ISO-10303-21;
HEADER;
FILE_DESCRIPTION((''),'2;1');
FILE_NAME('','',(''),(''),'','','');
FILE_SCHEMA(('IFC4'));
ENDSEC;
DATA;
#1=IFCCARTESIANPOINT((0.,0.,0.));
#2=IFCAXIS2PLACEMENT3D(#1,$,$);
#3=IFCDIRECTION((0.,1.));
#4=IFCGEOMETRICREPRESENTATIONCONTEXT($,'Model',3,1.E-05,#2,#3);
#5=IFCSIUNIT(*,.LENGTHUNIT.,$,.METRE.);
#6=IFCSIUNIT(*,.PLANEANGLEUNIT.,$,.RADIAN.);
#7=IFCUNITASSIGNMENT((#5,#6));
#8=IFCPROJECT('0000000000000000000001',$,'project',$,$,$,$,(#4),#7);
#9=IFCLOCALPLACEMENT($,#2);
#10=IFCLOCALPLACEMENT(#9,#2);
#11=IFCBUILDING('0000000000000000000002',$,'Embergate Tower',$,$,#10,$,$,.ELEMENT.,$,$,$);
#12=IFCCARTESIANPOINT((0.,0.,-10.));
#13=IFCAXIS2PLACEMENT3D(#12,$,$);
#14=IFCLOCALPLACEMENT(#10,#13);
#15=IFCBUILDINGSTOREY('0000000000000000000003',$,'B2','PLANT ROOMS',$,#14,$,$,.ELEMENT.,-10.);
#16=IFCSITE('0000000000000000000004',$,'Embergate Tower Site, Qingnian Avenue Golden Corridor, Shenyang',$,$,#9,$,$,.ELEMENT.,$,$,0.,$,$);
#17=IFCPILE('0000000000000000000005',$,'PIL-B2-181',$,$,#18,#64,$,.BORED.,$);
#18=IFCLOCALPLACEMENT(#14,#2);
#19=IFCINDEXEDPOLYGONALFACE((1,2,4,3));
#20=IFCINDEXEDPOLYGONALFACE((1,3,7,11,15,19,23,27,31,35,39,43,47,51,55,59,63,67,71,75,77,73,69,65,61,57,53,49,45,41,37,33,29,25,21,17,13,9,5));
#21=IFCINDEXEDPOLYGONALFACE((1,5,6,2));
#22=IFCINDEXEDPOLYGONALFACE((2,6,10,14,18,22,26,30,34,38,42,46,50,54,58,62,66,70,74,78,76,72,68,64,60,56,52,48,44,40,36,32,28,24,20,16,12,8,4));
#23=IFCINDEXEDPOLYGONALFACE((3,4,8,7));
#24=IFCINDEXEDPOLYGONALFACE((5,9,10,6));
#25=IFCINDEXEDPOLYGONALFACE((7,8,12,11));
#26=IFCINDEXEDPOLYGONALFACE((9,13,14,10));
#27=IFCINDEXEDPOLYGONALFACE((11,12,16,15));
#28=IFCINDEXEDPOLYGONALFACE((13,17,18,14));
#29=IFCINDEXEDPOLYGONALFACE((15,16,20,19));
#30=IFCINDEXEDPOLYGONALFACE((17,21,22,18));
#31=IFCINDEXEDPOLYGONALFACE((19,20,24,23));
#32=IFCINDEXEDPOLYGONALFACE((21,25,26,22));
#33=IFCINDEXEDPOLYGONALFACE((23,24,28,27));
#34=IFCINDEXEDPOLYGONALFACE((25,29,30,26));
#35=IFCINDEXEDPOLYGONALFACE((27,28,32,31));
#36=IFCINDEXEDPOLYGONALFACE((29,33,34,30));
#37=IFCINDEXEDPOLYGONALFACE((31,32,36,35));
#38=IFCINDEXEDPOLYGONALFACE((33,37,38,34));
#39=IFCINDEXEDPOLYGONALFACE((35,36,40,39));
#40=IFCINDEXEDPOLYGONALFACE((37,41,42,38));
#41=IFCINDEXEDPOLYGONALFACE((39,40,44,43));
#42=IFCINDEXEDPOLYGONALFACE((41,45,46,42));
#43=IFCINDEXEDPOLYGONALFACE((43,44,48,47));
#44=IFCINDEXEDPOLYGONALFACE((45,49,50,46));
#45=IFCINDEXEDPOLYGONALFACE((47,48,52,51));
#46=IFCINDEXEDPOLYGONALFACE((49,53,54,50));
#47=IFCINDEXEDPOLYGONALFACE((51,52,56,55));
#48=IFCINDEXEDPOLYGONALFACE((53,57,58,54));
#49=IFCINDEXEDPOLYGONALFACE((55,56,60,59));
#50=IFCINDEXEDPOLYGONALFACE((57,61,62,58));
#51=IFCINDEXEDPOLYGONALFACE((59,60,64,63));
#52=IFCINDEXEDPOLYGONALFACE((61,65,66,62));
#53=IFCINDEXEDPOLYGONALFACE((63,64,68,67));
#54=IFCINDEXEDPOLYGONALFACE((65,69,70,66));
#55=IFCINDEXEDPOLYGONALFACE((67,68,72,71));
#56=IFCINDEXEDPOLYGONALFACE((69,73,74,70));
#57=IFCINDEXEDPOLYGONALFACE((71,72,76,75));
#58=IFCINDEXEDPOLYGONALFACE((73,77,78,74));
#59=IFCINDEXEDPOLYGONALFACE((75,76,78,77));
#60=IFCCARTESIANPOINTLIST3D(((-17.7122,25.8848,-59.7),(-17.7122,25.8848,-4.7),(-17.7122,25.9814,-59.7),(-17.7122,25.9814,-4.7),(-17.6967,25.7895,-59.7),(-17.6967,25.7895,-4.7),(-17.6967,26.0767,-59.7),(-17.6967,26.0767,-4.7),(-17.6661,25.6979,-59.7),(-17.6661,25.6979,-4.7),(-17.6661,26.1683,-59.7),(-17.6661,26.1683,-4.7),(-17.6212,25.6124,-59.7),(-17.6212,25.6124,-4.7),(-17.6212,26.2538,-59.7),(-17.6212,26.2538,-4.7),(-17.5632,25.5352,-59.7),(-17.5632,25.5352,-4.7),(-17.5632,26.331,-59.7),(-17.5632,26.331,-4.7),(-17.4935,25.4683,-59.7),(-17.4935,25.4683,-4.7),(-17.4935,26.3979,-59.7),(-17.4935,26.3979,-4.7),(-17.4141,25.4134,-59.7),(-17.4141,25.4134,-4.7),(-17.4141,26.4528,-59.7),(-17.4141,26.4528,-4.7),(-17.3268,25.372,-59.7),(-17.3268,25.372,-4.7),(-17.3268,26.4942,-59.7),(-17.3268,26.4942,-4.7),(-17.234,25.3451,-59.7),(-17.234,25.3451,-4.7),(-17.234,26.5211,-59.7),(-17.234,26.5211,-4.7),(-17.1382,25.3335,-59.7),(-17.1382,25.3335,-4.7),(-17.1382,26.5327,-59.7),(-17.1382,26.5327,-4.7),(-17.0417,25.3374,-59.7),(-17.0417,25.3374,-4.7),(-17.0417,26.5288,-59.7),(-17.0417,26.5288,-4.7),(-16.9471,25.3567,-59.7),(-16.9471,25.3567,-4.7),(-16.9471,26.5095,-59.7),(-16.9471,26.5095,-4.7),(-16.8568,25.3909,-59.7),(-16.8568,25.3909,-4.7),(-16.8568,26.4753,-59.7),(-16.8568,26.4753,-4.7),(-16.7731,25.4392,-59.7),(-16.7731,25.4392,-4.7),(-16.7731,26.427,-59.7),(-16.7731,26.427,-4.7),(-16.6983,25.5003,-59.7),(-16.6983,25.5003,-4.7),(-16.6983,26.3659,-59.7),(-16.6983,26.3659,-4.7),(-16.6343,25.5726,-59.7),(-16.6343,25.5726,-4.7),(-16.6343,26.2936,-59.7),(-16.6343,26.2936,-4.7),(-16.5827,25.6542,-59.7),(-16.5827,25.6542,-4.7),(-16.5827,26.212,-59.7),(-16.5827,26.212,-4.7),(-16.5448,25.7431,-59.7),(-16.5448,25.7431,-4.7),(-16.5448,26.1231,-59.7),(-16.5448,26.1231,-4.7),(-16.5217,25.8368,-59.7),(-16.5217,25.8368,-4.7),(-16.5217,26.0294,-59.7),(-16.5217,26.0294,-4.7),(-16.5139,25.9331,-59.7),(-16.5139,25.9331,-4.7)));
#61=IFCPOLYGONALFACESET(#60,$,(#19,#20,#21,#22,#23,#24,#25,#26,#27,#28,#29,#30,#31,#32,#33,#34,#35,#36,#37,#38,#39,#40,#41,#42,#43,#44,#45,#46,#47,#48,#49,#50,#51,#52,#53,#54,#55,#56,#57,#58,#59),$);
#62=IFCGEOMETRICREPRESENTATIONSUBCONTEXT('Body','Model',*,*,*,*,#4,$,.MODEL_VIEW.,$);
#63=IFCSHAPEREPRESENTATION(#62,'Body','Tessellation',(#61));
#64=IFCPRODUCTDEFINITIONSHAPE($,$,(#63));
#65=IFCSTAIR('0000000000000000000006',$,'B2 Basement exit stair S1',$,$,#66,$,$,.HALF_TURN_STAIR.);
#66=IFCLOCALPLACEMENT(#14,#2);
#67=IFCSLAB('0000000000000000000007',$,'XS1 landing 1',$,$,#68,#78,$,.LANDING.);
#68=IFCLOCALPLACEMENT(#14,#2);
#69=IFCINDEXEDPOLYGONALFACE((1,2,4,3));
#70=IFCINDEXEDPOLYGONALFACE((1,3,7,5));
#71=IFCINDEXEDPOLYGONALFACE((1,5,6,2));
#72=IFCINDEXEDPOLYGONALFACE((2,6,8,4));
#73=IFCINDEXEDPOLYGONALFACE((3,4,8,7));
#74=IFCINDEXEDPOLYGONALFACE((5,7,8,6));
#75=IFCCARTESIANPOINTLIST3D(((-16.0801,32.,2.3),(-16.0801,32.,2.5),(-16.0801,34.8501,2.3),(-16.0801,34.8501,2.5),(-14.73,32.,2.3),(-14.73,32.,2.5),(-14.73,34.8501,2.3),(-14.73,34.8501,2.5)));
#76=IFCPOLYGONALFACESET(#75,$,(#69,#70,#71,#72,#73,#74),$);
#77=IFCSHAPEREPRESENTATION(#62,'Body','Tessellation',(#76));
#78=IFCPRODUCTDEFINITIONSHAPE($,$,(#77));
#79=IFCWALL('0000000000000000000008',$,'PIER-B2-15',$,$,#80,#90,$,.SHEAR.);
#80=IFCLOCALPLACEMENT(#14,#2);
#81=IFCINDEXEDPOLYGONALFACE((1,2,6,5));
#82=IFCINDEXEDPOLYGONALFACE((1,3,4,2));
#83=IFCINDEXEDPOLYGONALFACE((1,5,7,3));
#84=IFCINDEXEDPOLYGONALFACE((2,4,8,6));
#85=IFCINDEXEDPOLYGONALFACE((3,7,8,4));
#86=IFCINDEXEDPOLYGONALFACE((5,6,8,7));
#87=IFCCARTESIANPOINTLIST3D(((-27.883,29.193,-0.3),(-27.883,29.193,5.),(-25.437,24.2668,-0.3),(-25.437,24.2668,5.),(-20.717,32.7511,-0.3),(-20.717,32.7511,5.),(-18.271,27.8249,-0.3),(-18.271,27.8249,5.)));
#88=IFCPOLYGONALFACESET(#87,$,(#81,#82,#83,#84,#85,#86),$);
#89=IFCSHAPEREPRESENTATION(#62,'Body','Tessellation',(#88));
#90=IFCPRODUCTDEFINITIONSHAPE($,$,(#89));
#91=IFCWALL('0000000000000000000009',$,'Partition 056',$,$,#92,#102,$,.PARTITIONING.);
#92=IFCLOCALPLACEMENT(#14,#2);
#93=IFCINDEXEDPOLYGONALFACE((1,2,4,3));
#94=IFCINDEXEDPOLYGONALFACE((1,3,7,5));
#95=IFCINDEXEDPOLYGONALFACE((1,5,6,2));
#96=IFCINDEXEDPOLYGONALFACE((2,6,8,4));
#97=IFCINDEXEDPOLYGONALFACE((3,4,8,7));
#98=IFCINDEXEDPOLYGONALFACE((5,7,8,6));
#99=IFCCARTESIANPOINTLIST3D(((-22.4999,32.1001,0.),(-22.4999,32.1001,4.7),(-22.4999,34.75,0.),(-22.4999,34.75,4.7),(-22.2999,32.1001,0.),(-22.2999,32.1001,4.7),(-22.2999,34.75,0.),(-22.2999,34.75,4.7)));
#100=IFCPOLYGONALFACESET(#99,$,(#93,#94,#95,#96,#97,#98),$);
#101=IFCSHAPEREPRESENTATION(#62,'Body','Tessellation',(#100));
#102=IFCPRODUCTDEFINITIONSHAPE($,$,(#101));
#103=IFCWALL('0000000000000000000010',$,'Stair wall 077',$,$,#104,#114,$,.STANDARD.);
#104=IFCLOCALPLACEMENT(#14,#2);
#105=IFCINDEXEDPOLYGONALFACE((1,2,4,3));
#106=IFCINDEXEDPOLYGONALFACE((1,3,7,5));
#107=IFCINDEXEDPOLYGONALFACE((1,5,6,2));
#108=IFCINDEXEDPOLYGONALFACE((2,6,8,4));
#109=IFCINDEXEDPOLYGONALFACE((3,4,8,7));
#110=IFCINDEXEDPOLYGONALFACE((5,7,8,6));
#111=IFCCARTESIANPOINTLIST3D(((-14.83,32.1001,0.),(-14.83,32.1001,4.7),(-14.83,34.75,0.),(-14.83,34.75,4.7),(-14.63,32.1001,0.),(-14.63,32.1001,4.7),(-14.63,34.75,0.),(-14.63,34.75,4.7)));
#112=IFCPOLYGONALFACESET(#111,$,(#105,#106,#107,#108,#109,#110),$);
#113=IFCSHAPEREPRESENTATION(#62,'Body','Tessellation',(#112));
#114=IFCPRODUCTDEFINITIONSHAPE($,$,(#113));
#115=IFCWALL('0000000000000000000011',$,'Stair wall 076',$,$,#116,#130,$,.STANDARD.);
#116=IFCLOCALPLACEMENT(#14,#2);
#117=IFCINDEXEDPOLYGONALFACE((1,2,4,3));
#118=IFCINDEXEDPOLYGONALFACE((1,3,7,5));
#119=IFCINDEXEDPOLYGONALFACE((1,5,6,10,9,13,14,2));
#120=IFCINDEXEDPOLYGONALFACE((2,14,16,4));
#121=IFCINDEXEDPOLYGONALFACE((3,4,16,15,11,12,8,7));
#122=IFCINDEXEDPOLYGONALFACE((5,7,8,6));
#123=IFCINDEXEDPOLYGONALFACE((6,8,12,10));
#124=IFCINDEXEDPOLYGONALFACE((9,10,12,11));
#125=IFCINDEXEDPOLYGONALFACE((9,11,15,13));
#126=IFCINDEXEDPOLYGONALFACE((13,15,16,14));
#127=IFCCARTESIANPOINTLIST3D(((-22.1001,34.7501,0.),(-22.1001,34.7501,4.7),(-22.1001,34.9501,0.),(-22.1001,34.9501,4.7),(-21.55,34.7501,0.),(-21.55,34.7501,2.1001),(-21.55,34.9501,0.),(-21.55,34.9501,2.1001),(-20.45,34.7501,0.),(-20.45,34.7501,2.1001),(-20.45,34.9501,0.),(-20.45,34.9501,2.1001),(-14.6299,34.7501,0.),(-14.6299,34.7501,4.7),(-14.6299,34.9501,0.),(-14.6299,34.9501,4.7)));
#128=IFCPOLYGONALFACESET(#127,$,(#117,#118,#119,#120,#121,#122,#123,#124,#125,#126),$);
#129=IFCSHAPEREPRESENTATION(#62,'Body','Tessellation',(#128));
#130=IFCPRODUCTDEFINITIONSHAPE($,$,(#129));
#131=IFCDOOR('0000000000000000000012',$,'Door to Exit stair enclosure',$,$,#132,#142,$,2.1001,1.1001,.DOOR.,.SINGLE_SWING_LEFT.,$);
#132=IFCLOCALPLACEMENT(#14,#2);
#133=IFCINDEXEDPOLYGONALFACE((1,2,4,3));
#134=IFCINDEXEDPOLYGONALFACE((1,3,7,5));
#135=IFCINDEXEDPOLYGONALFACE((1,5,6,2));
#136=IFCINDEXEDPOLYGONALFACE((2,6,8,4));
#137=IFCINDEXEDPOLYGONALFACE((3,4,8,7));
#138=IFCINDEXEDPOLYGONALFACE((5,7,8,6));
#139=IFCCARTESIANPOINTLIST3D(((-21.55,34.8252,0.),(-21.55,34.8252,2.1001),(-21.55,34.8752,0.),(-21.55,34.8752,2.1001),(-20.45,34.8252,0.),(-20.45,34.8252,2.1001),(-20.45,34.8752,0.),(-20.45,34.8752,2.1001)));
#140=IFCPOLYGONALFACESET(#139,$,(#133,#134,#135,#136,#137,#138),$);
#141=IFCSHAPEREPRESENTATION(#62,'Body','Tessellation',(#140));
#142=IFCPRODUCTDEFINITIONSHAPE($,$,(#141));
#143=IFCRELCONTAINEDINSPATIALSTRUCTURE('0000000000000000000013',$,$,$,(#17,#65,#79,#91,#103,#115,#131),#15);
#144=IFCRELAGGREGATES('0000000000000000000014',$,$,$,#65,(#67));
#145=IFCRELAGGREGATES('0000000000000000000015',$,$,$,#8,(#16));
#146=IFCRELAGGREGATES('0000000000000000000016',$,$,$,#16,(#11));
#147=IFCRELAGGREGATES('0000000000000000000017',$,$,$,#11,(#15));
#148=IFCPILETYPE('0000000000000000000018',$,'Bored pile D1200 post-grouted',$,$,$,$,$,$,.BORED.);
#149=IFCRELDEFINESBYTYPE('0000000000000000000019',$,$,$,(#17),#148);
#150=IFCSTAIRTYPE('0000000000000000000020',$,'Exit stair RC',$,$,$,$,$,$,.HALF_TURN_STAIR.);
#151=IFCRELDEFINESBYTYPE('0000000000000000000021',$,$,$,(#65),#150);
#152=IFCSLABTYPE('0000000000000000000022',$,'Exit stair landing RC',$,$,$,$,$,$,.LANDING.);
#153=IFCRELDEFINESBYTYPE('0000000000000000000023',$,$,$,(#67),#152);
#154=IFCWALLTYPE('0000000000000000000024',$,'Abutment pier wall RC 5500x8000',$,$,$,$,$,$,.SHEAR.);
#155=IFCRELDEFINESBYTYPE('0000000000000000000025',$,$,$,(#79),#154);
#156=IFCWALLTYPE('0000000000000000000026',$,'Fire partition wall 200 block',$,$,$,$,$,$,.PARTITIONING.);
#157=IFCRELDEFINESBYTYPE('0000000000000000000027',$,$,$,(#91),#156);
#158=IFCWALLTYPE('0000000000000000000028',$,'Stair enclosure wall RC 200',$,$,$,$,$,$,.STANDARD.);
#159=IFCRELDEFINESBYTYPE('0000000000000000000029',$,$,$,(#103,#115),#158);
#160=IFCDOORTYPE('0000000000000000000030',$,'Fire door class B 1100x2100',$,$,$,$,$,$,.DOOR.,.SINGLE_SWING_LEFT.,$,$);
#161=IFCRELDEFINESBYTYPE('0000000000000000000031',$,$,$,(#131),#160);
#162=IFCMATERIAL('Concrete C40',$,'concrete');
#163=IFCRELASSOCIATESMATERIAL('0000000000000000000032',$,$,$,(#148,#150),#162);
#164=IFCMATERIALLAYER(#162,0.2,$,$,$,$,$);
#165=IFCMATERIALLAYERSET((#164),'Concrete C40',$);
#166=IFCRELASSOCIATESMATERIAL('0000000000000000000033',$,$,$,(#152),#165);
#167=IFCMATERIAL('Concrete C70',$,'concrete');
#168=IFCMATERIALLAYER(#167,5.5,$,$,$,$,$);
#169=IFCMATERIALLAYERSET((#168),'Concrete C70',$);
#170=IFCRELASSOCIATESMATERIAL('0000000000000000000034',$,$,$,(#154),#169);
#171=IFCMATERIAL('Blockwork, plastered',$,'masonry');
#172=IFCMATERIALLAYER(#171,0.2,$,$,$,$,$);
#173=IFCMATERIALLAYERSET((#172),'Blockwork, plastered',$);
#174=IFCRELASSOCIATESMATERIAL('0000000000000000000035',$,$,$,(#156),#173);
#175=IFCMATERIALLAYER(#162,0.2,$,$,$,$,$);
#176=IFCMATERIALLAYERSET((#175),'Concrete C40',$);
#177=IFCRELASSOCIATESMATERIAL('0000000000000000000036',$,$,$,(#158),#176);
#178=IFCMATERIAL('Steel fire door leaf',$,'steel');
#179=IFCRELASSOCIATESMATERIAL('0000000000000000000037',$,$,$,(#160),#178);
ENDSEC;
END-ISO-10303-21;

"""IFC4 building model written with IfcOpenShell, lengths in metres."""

from ifc_helpers import new_model, si_unit, direction, frame, frame_2d, origin, origin_2d, place, context, subcontext, project, spatial, polyline, rectangle, circle, outline, extrude, source, transform, mapped, material, layer, layer_set, material_profile, profile_set, type_object, element, fill, aggregate, save


model = new_model("IFC4")

# Units and contexts
model_context = context("Model", 3, precision=1e-05, world=origin(), true_north=direction((0.0, 1.0)))
body_context = subcontext(model_context, "Body", "Model", "MODEL_VIEW")
ifc_project = project(units=[si_unit("LENGTHUNIT", "METRE"), si_unit("PLANEANGLEUNIT", "RADIAN")], contexts=[model_context])

# Site, building, storey
site_placement = place(None, origin())
site = spatial("IfcSite", under=ifc_project, at=site_placement, Name="Embergate Tower Site, Qingnian Avenue Golden Corridor, Shenyang", CompositionType="ELEMENT", RefElevation=0.0)
building_placement = place(site_placement, origin())
building = spatial("IfcBuilding", under=site, at=building_placement, Name="Embergate Tower", CompositionType="ELEMENT")
storey_placement = place(building_placement, frame((0.0, 0.0, -10.0)))
storey = spatial("IfcBuildingStorey", under=building, at=storey_placement, Name="B2", Description="PLANT ROOMS", CompositionType="ELEMENT", Elevation=-10.0)

# Pile
ifc_material_1 = material(Name="Concrete C40", Category="concrete")
ifc_material_profile = material_profile(ifc_material_1, circle(Radius=0.6001, at=origin_2d()), Name="D1200")
ifc_profile_set = profile_set([ifc_material_profile], Name="Concrete C40")
pile_type = type_object("IfcPileType", Name="Bored pile D1200 post-grouted", PredefinedType="BORED", material=ifc_profile_set)
shared_shape_1 = source(origin(), body_context, "Body", "SweptSolid", [
    extrude(circle(Radius=0.6001, at=origin_2d()), origin(), (0.0, 0.0, 1.0), 55.0),
])
for number, where, z_axis, x_axis, name in (
    (1, (-17.114, 25.9331, -4.7), (0.0, 0.0, -1.0), (1.0, 0.0, 0.0), "PIL-B2-181"),
):
    element("IfcPile", number, at=place(storey_placement, frame(where, z_axis=z_axis, x_axis=x_axis)), inside=storey, type_object=pile_type, Name=name, PredefinedType="BORED", context=body_context, shape_type="MappedRepresentation", body=[
        mapped(shared_shape_1, transform((0.0, 0.0, 0.0))),
    ])

# Stair, slab
stair_type = type_object("IfcStairType", Name="Exit stair RC", PredefinedType="HALF_TURN_STAIR", material=ifc_material_1)
stair_placement = place(storey_placement, origin())
stair = element("IfcStair", 2, at=stair_placement, inside=storey, type_object=stair_type, Name="B2 Basement exit stair S1", PredefinedType="HALF_TURN_STAIR")
ifc_layer_1 = layer(ifc_material_1, 0.2)
ifc_layer_set_1 = layer_set([ifc_layer_1], Name="Concrete C40")
slab_type = type_object("IfcSlabType", Name="Exit stair landing RC", PredefinedType="LANDING", material=ifc_layer_set_1)
shared_shape_2 = source(origin(), body_context, "Body", "SweptSolid", [
    extrude(outline(polyline([(0.0, 0.0), (1.3501, 0.0), (1.3501, 2.8501), (0.0, 2.8501), (0.0, 0.0)])), origin(), (0.0, 0.0, 1.0), 0.2),
])
slab_placement = place(storey_placement, frame((-16.0801, 32.0, 2.3)))
slab = element("IfcSlab", 3, at=slab_placement, type_object=slab_type, Name="XS1 landing 1", PredefinedType="LANDING", context=body_context, shape_type="MappedRepresentation", body=[
    mapped(shared_shape_2, transform((0.0, 0.0, 0.0))),
])

# Walls
ifc_material_2 = material(Name="Concrete C70", Category="concrete")
ifc_layer_2 = layer(ifc_material_2, 5.5)
ifc_layer_set_2 = layer_set([ifc_layer_2], Name="Concrete C70")
wall_type_1 = type_object("IfcWallType", Name="Abutment pier wall RC 5500x8000", PredefinedType="SHEAR", material=ifc_layer_set_2)
shared_shape_3 = source(origin(), body_context, "Body", "SweptSolid", [
    extrude(rectangle(XDim=8.0007, YDim=5.5, at=frame_2d((4.0005, 0.0))), origin(), (0.0, 0.0, 1.0), 5.3),
])
wall_1_placement = place(storey_placement, frame((-19.4939, 30.2881, -0.3), z_axis=(0.0, 0.0, 1.0), x_axis=(-0.895669, -0.444722, 0.0)))
element("IfcWall", 4, at=wall_1_placement, inside=storey, type_object=wall_type_1, Name="PIER-B2-15", PredefinedType="SHEAR", context=body_context, shape_type="MappedRepresentation", body=[
    mapped(shared_shape_3, transform((0.0, 0.0, 0.0))),
])
ifc_material_3 = material(Name="Blockwork, plastered", Category="masonry")
ifc_layer_3 = layer(ifc_material_3, 0.2)
ifc_layer_set_3 = layer_set([ifc_layer_3], Name="Blockwork, plastered")
wall_type_2 = type_object("IfcWallType", Name="Fire partition wall 200 block", PredefinedType="PARTITIONING", material=ifc_layer_set_3)
shared_shape_4 = source(origin(), body_context, "Body", "SweptSolid", [
    extrude(rectangle(XDim=2.6499, YDim=0.2, at=frame_2d((1.325, 0.0))), origin(), (0.0, 0.0, 1.0), 4.7),
])
wall_2_placement = place(storey_placement, frame((-22.3999, 34.75, 0.0), z_axis=(0.0, 0.0, 1.0), x_axis=(0.0, -1.0, 0.0)))
element("IfcWall", 5, at=wall_2_placement, inside=storey, type_object=wall_type_2, Name="Partition 056", PredefinedType="PARTITIONING", context=body_context, shape_type="MappedRepresentation", body=[
    mapped(shared_shape_4, transform((0.0, 0.0, 0.0))),
])
ifc_layer_4 = layer(ifc_material_1, 0.2)
ifc_layer_set_4 = layer_set([ifc_layer_4], Name="Concrete C40")
wall_type_3 = type_object("IfcWallType", Name="Stair enclosure wall RC 200", PredefinedType="STANDARD", material=ifc_layer_set_4)
shared_shape_5 = source(origin(), body_context, "Body", "SweptSolid", [
    extrude(rectangle(XDim=2.6499, YDim=0.2, at=frame_2d((1.325, 0.0))), origin(), (0.0, 0.0, 1.0), 4.7),
])
wall_3_placement = place(storey_placement, frame((-14.73, 34.75, 0.0), z_axis=(0.0, 0.0, 1.0), x_axis=(0.0, -1.0, 0.0)))
element("IfcWall", 6, at=wall_3_placement, inside=storey, type_object=wall_type_3, Name="Stair wall 077", PredefinedType="STANDARD", context=body_context, shape_type="MappedRepresentation", body=[
    mapped(shared_shape_5, transform((0.0, 0.0, 0.0))),
])

# Wall, opening, door
shared_shape_6 = source(origin(), body_context, "Body", "SweptSolid", [
    extrude(rectangle(XDim=7.4702, YDim=0.2, at=frame_2d((3.7351, 0.0))), origin(), (0.0, 0.0, 1.0), 4.7),
])
wall_4_placement = place(storey_placement, frame((-14.6299, 34.8501, 0.0), z_axis=(0.0, 0.0, 1.0), x_axis=(-1.0, 0.0, 0.0)))
wall_4 = element("IfcWall", 7, at=wall_4_placement, inside=storey, type_object=wall_type_3, Name="Stair wall 076", PredefinedType="STANDARD", context=body_context, shape_type="MappedRepresentation", body=[
    mapped(shared_shape_6, transform((0.0, 0.0, 0.0))),
])
shared_shape_7 = source(origin(), body_context, "Body", "SweptSolid", [
    extrude(rectangle(XDim=1.1001, YDim=2.1001, at=frame_2d((0.55, 1.05))), frame((0.0, 0.1099, 0.0), z_axis=(0.0, -1.0, 0.0), x_axis=(1.0, 0.0, 0.0)), (0.0, 0.0, 1.0), 0.22),
])
opening_1_placement = place(wall_4_placement, frame((5.8201, 0.0, 0.0)))
opening_1 = element("IfcOpeningElement", 8, at=opening_1_placement, cuts=wall_4, PredefinedType="OPENING", context=body_context, shape_type="MappedRepresentation", body=[
    mapped(shared_shape_7, transform((0.0, 0.0, 0.0))),
])
ifc_material_4 = material(Name="Steel fire door leaf", Category="steel")
door_type_1 = type_object("IfcDoorType", Name="Fire door class B 1100x2100", OperationType="SINGLE_SWING_LEFT", PredefinedType="DOOR", material=ifc_material_4)
shared_shape_8 = source(origin(), body_context, "Body", "SweptSolid", [
    extrude(rectangle(XDim=1.1001, YDim=2.1001, at=frame_2d((0.55, 1.05))), frame((0.0, 0.0249, 0.0), z_axis=(0.0, -1.0, 0.0), x_axis=(1.0, 0.0, 0.0)), (0.0, 0.0, 1.0), 0.05),
])
door_1_placement = place(opening_1_placement, origin())
door_1 = element("IfcDoor", 9, at=door_1_placement, inside=storey, type_object=door_type_1, Name="Door to Exit stair enclosure", OperationType="SINGLE_SWING_LEFT", OverallHeight=2.1001, OverallWidth=1.1001, PredefinedType="DOOR", context=body_context, shape_type="MappedRepresentation", body=[
    mapped(shared_shape_8, transform((0.0, 0.0, 0.0))),
])
fill(opening_1, door_1)

aggregate(stair, [slab])

save(model, "model.ifc")
